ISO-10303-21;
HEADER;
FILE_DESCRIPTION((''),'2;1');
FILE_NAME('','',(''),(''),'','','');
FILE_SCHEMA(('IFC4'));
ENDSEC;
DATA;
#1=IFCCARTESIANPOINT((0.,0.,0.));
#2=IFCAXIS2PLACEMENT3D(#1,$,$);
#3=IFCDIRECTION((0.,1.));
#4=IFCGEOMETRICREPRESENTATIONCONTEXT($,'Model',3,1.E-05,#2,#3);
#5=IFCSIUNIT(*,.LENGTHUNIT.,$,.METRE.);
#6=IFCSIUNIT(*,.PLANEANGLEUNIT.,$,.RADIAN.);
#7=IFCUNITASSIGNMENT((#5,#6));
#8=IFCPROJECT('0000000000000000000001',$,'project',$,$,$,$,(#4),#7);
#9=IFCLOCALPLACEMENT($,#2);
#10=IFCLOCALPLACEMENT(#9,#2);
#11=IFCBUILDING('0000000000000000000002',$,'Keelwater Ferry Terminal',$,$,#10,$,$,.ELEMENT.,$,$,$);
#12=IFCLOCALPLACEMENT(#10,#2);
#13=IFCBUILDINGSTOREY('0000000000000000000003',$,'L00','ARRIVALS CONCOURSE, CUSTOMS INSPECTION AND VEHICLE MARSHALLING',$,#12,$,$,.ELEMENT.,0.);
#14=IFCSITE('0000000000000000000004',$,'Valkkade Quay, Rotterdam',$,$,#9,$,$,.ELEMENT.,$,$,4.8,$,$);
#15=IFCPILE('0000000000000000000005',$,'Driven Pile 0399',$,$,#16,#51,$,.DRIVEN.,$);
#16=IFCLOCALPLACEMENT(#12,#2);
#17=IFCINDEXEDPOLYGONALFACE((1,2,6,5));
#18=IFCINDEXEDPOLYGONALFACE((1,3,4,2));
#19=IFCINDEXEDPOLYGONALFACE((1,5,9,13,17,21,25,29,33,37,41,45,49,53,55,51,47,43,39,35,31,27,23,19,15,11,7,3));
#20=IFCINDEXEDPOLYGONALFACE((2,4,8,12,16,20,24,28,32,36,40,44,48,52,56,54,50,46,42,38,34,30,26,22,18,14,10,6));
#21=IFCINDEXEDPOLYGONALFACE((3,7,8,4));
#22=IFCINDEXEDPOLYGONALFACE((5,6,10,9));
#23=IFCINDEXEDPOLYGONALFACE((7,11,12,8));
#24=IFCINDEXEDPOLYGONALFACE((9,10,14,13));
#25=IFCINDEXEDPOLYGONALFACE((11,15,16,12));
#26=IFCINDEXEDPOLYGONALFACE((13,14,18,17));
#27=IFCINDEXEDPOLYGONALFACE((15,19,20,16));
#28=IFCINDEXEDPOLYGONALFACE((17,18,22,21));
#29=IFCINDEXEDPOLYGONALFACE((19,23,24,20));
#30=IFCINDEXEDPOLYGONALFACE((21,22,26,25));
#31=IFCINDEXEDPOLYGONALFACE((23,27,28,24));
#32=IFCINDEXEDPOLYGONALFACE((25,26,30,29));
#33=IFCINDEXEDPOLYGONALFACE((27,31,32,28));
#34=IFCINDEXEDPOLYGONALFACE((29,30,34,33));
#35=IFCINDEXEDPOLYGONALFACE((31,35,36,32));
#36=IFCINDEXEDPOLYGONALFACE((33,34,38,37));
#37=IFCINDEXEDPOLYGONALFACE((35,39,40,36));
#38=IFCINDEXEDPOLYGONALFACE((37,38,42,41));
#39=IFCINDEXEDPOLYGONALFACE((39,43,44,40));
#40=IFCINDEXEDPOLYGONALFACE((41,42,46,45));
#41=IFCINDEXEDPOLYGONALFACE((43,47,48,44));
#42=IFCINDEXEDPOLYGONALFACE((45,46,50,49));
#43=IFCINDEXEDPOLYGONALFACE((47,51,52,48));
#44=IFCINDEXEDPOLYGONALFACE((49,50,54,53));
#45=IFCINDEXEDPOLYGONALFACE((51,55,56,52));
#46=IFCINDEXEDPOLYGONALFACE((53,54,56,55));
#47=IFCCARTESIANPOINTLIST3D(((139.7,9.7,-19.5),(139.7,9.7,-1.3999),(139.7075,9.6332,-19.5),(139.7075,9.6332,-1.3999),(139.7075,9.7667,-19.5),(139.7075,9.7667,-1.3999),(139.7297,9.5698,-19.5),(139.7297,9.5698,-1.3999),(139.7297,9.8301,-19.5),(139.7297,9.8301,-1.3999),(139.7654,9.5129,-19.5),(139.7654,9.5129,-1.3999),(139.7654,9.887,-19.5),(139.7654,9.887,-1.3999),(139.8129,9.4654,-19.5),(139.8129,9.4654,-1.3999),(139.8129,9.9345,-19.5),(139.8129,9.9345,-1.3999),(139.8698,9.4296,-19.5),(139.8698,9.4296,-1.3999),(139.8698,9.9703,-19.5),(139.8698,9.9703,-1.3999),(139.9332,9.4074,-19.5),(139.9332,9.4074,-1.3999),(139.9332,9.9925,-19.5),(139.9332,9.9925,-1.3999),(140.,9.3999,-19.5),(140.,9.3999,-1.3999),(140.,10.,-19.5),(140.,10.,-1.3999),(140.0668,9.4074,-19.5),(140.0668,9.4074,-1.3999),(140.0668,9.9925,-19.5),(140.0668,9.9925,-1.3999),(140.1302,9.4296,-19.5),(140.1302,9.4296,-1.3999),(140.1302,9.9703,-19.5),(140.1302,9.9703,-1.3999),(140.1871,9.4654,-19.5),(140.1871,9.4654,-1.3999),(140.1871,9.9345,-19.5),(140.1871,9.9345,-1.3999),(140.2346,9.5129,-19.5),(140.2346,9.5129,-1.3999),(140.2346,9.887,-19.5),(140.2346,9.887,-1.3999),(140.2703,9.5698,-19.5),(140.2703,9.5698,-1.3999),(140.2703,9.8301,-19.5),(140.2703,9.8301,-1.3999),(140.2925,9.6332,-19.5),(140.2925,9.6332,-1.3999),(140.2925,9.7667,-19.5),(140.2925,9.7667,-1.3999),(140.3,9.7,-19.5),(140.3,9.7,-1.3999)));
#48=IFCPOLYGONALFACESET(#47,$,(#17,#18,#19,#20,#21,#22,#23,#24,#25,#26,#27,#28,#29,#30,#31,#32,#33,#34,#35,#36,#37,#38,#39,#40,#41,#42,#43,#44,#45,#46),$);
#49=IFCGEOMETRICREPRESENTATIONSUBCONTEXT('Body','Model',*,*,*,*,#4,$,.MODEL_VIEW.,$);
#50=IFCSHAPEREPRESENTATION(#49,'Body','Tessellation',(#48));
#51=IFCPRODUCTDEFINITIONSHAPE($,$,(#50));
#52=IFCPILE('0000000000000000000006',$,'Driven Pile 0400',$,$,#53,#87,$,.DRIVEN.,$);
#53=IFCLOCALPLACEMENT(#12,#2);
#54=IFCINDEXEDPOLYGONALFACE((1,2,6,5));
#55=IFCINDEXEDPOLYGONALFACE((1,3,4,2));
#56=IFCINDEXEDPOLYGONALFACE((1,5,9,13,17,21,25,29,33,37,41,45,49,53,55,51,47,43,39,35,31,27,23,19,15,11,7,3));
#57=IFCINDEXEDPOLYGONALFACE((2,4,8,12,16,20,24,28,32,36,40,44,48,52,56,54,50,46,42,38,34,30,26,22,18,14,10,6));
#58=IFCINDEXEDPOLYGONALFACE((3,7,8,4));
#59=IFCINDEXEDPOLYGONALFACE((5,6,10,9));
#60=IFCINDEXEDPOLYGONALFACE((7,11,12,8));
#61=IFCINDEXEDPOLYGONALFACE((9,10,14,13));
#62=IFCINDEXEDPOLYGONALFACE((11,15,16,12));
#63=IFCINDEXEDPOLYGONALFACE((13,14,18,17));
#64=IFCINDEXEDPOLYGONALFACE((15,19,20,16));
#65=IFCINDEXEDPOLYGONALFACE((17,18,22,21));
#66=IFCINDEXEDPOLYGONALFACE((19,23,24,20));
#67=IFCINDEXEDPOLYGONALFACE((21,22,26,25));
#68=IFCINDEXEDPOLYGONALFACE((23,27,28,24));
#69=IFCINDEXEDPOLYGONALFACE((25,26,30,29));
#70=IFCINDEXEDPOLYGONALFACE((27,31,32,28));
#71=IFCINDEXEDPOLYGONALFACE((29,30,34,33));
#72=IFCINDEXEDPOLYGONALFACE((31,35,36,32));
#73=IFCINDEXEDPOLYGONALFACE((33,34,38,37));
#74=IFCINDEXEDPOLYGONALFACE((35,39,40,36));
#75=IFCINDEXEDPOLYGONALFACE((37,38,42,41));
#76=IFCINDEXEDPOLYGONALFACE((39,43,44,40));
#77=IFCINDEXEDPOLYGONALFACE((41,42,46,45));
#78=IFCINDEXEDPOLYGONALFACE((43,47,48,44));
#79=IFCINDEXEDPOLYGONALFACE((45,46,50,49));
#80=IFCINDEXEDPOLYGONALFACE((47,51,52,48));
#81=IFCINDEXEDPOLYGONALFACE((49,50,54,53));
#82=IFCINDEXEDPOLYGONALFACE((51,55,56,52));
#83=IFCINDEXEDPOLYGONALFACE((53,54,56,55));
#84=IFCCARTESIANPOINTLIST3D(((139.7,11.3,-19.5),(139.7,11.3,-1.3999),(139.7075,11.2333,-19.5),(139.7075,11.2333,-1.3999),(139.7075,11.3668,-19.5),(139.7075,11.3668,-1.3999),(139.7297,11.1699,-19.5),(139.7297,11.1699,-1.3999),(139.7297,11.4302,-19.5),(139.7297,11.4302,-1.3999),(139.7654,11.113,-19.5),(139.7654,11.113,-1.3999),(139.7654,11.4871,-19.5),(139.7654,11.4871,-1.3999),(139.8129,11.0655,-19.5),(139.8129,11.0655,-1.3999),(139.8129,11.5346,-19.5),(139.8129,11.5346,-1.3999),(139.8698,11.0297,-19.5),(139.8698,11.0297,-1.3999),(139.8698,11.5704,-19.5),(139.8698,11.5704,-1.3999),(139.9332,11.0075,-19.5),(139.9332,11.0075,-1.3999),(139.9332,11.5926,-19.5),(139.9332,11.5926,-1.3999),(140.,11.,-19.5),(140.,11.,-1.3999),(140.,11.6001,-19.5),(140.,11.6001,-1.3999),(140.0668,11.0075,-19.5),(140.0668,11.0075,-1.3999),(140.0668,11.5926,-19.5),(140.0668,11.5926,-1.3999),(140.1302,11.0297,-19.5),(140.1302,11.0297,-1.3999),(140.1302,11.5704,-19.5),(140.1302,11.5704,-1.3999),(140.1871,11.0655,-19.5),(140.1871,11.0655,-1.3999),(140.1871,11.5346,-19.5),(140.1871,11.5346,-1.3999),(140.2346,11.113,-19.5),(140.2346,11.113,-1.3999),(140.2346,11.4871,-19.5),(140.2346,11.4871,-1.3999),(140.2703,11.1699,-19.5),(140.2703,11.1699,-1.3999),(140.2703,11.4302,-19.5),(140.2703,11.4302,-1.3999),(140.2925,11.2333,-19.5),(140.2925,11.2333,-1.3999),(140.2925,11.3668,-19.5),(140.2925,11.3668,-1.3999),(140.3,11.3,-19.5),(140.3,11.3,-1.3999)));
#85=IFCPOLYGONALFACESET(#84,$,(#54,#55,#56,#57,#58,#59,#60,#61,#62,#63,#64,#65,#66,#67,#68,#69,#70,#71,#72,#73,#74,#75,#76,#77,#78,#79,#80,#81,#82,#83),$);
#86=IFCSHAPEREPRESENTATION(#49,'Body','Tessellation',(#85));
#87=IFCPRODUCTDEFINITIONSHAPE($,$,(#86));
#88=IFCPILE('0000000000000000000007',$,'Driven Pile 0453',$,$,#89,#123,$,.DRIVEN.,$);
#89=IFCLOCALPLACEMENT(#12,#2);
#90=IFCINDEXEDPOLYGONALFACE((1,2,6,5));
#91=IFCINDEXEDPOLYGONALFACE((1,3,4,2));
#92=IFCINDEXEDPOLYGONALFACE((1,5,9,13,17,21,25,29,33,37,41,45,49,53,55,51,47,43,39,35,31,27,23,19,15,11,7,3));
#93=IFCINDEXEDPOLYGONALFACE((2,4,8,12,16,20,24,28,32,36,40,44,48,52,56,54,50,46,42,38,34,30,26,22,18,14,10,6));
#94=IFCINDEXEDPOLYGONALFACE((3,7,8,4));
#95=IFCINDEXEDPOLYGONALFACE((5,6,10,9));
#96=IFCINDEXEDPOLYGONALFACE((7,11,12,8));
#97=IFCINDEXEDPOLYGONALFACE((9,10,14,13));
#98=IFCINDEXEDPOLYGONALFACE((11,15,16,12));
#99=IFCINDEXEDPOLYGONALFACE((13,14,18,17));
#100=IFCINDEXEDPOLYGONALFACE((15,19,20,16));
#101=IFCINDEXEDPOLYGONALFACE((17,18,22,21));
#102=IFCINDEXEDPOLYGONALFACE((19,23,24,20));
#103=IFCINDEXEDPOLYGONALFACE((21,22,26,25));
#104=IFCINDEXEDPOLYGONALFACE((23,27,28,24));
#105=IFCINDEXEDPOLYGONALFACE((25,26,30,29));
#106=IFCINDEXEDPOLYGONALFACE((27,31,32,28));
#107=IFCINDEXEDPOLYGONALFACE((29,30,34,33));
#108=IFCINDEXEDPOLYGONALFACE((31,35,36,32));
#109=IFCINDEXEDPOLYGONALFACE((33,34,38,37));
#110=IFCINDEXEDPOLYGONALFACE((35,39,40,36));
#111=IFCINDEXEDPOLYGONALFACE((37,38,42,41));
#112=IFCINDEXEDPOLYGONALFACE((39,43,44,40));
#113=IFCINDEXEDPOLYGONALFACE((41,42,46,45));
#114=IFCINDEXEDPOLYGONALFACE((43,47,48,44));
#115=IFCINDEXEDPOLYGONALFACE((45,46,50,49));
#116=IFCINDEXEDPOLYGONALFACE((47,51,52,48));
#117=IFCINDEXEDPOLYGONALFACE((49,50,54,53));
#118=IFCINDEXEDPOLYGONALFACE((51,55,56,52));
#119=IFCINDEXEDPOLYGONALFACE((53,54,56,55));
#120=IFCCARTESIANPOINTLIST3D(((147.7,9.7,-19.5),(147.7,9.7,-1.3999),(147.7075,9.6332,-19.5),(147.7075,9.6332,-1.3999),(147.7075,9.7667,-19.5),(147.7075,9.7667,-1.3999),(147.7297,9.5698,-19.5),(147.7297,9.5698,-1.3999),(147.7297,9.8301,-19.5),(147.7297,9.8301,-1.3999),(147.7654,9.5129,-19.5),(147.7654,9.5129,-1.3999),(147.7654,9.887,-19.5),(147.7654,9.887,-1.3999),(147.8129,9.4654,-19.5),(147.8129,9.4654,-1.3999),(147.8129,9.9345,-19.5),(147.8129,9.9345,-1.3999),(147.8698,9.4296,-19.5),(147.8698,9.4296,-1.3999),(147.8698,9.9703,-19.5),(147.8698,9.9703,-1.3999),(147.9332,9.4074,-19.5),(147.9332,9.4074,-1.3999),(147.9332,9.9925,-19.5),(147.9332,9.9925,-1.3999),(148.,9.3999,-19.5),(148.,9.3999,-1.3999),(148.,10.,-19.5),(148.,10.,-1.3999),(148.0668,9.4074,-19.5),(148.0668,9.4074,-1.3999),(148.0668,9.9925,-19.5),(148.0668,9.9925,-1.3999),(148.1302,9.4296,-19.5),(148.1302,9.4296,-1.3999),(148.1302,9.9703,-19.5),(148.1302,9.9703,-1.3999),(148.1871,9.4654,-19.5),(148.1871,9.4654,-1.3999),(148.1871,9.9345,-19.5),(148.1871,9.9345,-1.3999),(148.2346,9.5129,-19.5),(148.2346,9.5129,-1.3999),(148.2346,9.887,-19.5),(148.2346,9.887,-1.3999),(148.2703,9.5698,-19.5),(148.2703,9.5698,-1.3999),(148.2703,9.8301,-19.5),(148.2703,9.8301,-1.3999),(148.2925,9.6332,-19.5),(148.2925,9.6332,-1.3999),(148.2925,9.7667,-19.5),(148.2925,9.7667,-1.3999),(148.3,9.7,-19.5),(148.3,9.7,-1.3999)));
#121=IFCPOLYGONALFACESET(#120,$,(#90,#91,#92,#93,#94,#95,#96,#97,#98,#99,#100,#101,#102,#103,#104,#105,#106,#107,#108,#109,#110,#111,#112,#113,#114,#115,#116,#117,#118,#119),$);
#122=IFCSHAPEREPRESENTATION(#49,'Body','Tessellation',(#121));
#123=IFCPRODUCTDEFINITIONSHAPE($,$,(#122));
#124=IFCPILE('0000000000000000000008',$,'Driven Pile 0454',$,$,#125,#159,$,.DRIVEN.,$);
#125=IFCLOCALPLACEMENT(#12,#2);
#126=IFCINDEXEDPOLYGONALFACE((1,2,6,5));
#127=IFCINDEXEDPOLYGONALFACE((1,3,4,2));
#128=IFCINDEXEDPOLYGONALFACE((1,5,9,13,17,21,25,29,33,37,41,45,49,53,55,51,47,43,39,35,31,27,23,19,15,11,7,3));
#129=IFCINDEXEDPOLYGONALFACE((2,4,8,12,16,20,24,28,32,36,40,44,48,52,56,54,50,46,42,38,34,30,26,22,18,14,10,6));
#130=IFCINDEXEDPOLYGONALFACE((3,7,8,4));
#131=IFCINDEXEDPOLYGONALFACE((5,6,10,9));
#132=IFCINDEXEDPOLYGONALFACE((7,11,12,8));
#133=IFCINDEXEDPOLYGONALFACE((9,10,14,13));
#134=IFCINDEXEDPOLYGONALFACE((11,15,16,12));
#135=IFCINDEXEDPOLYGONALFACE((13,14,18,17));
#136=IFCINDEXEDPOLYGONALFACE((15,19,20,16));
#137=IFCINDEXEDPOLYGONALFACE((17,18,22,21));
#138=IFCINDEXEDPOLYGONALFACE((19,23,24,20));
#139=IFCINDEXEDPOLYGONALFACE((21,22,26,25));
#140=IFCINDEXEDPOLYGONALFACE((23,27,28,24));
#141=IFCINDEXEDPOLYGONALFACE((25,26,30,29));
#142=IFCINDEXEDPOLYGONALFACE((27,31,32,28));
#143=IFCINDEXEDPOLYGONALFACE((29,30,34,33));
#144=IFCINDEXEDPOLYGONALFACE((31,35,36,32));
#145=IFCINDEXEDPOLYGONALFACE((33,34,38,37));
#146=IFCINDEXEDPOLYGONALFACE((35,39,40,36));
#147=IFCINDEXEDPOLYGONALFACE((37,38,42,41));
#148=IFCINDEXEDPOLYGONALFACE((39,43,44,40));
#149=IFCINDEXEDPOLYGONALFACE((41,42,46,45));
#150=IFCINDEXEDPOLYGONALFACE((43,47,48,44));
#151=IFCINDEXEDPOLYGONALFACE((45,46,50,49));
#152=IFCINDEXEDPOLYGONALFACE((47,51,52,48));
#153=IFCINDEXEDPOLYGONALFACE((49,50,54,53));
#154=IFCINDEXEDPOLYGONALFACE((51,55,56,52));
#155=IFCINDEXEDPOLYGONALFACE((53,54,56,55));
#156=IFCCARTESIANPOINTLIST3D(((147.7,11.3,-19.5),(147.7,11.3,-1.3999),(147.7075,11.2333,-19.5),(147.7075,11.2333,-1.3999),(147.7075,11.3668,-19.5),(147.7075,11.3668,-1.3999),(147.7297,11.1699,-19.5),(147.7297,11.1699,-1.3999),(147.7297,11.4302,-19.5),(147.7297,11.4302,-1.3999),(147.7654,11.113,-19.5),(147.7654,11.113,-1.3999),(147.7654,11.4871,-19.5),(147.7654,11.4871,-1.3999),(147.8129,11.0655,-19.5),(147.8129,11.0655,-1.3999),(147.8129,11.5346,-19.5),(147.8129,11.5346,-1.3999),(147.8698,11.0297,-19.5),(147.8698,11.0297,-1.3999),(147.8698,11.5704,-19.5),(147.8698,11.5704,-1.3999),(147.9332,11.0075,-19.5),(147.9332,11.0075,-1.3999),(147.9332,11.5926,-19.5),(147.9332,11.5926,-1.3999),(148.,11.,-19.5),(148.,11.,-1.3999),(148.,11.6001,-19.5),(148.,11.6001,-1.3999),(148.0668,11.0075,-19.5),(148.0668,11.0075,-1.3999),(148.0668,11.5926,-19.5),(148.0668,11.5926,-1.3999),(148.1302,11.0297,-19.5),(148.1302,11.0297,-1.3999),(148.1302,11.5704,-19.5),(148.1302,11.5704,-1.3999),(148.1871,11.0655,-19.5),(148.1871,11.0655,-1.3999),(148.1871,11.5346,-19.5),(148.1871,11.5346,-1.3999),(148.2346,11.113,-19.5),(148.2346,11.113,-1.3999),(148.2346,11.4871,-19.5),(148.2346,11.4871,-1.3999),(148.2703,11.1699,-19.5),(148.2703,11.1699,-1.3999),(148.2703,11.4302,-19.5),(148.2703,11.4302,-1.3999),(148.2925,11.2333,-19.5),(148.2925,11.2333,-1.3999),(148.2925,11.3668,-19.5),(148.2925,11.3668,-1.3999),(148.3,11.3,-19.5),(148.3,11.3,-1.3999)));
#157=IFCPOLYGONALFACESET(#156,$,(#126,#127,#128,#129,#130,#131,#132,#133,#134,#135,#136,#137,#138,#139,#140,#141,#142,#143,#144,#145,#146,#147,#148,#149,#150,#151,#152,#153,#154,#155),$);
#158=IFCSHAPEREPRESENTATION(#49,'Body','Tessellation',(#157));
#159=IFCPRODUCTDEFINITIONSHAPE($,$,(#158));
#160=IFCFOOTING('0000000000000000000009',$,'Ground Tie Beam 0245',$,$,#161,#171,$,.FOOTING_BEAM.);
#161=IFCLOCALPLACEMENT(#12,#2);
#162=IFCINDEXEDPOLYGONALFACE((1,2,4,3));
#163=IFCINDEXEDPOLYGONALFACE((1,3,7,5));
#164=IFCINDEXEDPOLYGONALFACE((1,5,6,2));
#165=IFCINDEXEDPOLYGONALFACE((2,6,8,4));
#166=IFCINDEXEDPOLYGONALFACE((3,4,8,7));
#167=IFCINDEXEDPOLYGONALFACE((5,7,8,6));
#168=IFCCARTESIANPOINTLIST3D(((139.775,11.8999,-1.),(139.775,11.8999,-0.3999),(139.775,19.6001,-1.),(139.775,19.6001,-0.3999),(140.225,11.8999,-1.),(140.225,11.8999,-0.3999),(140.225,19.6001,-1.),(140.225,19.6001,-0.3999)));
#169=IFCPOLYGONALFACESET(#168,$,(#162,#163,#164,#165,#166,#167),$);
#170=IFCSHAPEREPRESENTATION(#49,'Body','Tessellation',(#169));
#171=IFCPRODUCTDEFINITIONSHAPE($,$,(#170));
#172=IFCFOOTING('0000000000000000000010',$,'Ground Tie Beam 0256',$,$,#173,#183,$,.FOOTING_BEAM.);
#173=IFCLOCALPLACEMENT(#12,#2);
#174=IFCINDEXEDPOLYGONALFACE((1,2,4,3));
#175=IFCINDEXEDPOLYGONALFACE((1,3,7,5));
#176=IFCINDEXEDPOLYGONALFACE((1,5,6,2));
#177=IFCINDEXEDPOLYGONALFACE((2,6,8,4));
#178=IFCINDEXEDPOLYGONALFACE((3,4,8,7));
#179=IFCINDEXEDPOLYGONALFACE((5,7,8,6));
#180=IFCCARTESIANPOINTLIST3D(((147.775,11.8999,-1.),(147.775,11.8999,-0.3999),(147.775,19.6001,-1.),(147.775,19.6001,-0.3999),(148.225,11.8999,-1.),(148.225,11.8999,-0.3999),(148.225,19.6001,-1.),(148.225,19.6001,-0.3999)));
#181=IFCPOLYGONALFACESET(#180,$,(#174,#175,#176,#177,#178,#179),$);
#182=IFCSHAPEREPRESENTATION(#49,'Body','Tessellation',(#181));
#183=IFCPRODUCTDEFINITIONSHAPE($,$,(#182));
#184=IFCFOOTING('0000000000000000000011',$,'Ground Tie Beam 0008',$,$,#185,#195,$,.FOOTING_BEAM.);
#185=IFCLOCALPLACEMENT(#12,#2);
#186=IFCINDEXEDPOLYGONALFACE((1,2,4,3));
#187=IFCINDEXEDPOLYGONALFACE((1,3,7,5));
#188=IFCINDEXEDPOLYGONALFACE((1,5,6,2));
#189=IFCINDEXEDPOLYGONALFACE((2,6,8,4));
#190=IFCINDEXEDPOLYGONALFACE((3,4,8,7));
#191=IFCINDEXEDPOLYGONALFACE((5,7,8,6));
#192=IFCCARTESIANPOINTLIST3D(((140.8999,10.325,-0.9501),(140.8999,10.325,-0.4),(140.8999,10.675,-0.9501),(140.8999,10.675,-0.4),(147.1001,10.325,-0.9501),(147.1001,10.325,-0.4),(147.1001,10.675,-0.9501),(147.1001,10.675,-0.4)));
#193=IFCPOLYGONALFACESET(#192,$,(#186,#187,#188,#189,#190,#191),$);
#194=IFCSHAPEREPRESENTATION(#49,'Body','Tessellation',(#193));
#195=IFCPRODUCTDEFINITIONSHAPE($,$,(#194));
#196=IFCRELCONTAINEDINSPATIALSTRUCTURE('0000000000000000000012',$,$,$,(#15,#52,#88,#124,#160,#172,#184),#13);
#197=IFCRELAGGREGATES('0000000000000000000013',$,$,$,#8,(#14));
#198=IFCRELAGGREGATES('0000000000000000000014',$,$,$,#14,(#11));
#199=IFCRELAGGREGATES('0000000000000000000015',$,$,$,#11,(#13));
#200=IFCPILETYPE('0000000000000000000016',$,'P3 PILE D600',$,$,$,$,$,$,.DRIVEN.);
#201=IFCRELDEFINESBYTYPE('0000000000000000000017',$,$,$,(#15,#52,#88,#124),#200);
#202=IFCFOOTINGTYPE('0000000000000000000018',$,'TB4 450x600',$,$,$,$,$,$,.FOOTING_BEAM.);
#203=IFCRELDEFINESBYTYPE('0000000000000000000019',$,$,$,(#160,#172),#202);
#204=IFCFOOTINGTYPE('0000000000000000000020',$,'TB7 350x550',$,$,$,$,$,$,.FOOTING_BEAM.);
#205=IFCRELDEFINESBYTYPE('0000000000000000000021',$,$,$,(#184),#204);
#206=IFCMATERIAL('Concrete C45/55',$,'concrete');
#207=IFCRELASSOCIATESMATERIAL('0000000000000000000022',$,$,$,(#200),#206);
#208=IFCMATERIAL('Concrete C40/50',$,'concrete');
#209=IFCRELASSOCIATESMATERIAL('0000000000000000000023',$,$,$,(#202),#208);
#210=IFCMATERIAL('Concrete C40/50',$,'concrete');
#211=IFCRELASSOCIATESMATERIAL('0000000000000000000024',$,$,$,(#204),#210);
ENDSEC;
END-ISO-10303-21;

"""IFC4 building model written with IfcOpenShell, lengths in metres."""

from ifc_helpers import new_model, si_unit, direction, frame, origin, origin_2d, place, context, subcontext, project, spatial, rectangle, circle, extrude, material, material_profile, profile_set, type_object, element, save


model = new_model("IFC4")

# Units and contexts
model_context = context("Model", 3, precision=1e-05, world=origin(), true_north=direction((0.0, 1.0)))
body_context = subcontext(model_context, "Body", "Model", "MODEL_VIEW")
ifc_project = project(units=[si_unit("LENGTHUNIT", "METRE"), si_unit("PLANEANGLEUNIT", "RADIAN")], contexts=[model_context])

# Site, building, storey
site_placement = place(None, origin())
site = spatial("IfcSite", under=ifc_project, at=site_placement, Name="Valkkade Quay, Rotterdam", CompositionType="ELEMENT", RefElevation=4.8)
building_placement = place(site_placement, origin())
building = spatial("IfcBuilding", under=site, at=building_placement, Name="Keelwater Ferry Terminal", CompositionType="ELEMENT")
storey_placement = place(building_placement, origin())
storey = spatial("IfcBuildingStorey", under=building, at=storey_placement, Name="L00", Description="ARRIVALS CONCOURSE, CUSTOMS INSPECTION AND VEHICLE MARSHALLING", CompositionType="ELEMENT", Elevation=0.0)

# Piles
ifc_material_1 = material(Name="Concrete C45/55", Category="concrete")
ifc_material_profile_1 = material_profile(ifc_material_1, circle(Radius=0.3, at=origin_2d()), Name="PILE D600")
ifc_profile_set_1 = profile_set([ifc_material_profile_1], Name="Concrete C45/55")
pile_type = type_object("IfcPileType", Name="P3 PILE D600", PredefinedType="DRIVEN", material=ifc_profile_set_1)
for number, where, z_axis, x_axis, name in (
    (1, (140.0, 9.7, -1.3999), (0.0, 0.0, -1.0), (1.0, 0.0, 0.0), "Driven Pile 0399"),
    (2, (140.0, 11.3, -1.3999), (0.0, 0.0, -1.0), (1.0, 0.0, 0.0), "Driven Pile 0400"),
    (3, (148.0, 9.7, -1.3999), (0.0, 0.0, -1.0), (1.0, 0.0, 0.0), "Driven Pile 0453"),
    (4, (148.0, 11.3, -1.3999), (0.0, 0.0, -1.0), (1.0, 0.0, 0.0), "Driven Pile 0454"),
):
    element("IfcPile", number, at=place(storey_placement, frame(where, z_axis=z_axis, x_axis=x_axis)), inside=storey, type_object=pile_type, Name=name, PredefinedType="DRIVEN", context=body_context, shape_type="SweptSolid", body=[
        extrude(circle(Radius=0.3, at=origin_2d()), origin(), (0.0, 0.0, 1.0), 18.1001),
    ])

# Footings
ifc_material_2 = material(Name="Concrete C40/50", Category="concrete")
ifc_material_profile_2 = material_profile(ifc_material_2, rectangle(XDim=0.45, YDim=0.6001, at=origin_2d()), Name="TB 450x600")
ifc_profile_set_2 = profile_set([ifc_material_profile_2], Name="Concrete C40/50")
footing_type_1 = type_object("IfcFootingType", Name="TB4 450x600", PredefinedType="FOOTING_BEAM", material=ifc_profile_set_2)
for number, where, z_axis, x_axis, name in (
    (5, (140.0, 11.8999, -0.7), (0.0, 1.0, 0.0), (-1.0, 0.0, 0.0), "Ground Tie Beam 0245"),
    (6, (148.0, 11.8999, -0.7), (0.0, 1.0, 0.0), (-1.0, 0.0, 0.0), "Ground Tie Beam 0256"),
):
    element("IfcFooting", number, at=place(storey_placement, frame(where, z_axis=z_axis, x_axis=x_axis)), inside=storey, type_object=footing_type_1, Name=name, PredefinedType="FOOTING_BEAM", context=body_context, shape_type="SweptSolid", body=[
        extrude(rectangle(XDim=0.45, YDim=0.6001, at=origin_2d()), origin(), (0.0, 0.0, 1.0), 7.7002),
    ])
ifc_material_3 = material(Name="Concrete C40/50", Category="concrete")
ifc_material_profile_3 = material_profile(ifc_material_3, rectangle(XDim=0.3501, YDim=0.55, at=origin_2d()), Name="TB 350x550")
ifc_profile_set_3 = profile_set([ifc_material_profile_3], Name="Concrete C40/50")
footing_type_2 = type_object("IfcFootingType", Name="TB7 350x550", PredefinedType="FOOTING_BEAM", material=ifc_profile_set_3)
footing_placement = place(storey_placement, frame((140.8999, 10.5, -0.675), z_axis=(1.0, 0.0, 0.0), x_axis=(0.0, 1.0, 0.0)))
element("IfcFooting", 7, at=footing_placement, inside=storey, type_object=footing_type_2, Name="Ground Tie Beam 0008", PredefinedType="FOOTING_BEAM", context=body_context, shape_type="SweptSolid", body=[
    extrude(rectangle(XDim=0.3501, YDim=0.55, at=origin_2d()), origin(), (0.0, 0.0, 1.0), 6.2002),
])

save(model, "model.ifc")
